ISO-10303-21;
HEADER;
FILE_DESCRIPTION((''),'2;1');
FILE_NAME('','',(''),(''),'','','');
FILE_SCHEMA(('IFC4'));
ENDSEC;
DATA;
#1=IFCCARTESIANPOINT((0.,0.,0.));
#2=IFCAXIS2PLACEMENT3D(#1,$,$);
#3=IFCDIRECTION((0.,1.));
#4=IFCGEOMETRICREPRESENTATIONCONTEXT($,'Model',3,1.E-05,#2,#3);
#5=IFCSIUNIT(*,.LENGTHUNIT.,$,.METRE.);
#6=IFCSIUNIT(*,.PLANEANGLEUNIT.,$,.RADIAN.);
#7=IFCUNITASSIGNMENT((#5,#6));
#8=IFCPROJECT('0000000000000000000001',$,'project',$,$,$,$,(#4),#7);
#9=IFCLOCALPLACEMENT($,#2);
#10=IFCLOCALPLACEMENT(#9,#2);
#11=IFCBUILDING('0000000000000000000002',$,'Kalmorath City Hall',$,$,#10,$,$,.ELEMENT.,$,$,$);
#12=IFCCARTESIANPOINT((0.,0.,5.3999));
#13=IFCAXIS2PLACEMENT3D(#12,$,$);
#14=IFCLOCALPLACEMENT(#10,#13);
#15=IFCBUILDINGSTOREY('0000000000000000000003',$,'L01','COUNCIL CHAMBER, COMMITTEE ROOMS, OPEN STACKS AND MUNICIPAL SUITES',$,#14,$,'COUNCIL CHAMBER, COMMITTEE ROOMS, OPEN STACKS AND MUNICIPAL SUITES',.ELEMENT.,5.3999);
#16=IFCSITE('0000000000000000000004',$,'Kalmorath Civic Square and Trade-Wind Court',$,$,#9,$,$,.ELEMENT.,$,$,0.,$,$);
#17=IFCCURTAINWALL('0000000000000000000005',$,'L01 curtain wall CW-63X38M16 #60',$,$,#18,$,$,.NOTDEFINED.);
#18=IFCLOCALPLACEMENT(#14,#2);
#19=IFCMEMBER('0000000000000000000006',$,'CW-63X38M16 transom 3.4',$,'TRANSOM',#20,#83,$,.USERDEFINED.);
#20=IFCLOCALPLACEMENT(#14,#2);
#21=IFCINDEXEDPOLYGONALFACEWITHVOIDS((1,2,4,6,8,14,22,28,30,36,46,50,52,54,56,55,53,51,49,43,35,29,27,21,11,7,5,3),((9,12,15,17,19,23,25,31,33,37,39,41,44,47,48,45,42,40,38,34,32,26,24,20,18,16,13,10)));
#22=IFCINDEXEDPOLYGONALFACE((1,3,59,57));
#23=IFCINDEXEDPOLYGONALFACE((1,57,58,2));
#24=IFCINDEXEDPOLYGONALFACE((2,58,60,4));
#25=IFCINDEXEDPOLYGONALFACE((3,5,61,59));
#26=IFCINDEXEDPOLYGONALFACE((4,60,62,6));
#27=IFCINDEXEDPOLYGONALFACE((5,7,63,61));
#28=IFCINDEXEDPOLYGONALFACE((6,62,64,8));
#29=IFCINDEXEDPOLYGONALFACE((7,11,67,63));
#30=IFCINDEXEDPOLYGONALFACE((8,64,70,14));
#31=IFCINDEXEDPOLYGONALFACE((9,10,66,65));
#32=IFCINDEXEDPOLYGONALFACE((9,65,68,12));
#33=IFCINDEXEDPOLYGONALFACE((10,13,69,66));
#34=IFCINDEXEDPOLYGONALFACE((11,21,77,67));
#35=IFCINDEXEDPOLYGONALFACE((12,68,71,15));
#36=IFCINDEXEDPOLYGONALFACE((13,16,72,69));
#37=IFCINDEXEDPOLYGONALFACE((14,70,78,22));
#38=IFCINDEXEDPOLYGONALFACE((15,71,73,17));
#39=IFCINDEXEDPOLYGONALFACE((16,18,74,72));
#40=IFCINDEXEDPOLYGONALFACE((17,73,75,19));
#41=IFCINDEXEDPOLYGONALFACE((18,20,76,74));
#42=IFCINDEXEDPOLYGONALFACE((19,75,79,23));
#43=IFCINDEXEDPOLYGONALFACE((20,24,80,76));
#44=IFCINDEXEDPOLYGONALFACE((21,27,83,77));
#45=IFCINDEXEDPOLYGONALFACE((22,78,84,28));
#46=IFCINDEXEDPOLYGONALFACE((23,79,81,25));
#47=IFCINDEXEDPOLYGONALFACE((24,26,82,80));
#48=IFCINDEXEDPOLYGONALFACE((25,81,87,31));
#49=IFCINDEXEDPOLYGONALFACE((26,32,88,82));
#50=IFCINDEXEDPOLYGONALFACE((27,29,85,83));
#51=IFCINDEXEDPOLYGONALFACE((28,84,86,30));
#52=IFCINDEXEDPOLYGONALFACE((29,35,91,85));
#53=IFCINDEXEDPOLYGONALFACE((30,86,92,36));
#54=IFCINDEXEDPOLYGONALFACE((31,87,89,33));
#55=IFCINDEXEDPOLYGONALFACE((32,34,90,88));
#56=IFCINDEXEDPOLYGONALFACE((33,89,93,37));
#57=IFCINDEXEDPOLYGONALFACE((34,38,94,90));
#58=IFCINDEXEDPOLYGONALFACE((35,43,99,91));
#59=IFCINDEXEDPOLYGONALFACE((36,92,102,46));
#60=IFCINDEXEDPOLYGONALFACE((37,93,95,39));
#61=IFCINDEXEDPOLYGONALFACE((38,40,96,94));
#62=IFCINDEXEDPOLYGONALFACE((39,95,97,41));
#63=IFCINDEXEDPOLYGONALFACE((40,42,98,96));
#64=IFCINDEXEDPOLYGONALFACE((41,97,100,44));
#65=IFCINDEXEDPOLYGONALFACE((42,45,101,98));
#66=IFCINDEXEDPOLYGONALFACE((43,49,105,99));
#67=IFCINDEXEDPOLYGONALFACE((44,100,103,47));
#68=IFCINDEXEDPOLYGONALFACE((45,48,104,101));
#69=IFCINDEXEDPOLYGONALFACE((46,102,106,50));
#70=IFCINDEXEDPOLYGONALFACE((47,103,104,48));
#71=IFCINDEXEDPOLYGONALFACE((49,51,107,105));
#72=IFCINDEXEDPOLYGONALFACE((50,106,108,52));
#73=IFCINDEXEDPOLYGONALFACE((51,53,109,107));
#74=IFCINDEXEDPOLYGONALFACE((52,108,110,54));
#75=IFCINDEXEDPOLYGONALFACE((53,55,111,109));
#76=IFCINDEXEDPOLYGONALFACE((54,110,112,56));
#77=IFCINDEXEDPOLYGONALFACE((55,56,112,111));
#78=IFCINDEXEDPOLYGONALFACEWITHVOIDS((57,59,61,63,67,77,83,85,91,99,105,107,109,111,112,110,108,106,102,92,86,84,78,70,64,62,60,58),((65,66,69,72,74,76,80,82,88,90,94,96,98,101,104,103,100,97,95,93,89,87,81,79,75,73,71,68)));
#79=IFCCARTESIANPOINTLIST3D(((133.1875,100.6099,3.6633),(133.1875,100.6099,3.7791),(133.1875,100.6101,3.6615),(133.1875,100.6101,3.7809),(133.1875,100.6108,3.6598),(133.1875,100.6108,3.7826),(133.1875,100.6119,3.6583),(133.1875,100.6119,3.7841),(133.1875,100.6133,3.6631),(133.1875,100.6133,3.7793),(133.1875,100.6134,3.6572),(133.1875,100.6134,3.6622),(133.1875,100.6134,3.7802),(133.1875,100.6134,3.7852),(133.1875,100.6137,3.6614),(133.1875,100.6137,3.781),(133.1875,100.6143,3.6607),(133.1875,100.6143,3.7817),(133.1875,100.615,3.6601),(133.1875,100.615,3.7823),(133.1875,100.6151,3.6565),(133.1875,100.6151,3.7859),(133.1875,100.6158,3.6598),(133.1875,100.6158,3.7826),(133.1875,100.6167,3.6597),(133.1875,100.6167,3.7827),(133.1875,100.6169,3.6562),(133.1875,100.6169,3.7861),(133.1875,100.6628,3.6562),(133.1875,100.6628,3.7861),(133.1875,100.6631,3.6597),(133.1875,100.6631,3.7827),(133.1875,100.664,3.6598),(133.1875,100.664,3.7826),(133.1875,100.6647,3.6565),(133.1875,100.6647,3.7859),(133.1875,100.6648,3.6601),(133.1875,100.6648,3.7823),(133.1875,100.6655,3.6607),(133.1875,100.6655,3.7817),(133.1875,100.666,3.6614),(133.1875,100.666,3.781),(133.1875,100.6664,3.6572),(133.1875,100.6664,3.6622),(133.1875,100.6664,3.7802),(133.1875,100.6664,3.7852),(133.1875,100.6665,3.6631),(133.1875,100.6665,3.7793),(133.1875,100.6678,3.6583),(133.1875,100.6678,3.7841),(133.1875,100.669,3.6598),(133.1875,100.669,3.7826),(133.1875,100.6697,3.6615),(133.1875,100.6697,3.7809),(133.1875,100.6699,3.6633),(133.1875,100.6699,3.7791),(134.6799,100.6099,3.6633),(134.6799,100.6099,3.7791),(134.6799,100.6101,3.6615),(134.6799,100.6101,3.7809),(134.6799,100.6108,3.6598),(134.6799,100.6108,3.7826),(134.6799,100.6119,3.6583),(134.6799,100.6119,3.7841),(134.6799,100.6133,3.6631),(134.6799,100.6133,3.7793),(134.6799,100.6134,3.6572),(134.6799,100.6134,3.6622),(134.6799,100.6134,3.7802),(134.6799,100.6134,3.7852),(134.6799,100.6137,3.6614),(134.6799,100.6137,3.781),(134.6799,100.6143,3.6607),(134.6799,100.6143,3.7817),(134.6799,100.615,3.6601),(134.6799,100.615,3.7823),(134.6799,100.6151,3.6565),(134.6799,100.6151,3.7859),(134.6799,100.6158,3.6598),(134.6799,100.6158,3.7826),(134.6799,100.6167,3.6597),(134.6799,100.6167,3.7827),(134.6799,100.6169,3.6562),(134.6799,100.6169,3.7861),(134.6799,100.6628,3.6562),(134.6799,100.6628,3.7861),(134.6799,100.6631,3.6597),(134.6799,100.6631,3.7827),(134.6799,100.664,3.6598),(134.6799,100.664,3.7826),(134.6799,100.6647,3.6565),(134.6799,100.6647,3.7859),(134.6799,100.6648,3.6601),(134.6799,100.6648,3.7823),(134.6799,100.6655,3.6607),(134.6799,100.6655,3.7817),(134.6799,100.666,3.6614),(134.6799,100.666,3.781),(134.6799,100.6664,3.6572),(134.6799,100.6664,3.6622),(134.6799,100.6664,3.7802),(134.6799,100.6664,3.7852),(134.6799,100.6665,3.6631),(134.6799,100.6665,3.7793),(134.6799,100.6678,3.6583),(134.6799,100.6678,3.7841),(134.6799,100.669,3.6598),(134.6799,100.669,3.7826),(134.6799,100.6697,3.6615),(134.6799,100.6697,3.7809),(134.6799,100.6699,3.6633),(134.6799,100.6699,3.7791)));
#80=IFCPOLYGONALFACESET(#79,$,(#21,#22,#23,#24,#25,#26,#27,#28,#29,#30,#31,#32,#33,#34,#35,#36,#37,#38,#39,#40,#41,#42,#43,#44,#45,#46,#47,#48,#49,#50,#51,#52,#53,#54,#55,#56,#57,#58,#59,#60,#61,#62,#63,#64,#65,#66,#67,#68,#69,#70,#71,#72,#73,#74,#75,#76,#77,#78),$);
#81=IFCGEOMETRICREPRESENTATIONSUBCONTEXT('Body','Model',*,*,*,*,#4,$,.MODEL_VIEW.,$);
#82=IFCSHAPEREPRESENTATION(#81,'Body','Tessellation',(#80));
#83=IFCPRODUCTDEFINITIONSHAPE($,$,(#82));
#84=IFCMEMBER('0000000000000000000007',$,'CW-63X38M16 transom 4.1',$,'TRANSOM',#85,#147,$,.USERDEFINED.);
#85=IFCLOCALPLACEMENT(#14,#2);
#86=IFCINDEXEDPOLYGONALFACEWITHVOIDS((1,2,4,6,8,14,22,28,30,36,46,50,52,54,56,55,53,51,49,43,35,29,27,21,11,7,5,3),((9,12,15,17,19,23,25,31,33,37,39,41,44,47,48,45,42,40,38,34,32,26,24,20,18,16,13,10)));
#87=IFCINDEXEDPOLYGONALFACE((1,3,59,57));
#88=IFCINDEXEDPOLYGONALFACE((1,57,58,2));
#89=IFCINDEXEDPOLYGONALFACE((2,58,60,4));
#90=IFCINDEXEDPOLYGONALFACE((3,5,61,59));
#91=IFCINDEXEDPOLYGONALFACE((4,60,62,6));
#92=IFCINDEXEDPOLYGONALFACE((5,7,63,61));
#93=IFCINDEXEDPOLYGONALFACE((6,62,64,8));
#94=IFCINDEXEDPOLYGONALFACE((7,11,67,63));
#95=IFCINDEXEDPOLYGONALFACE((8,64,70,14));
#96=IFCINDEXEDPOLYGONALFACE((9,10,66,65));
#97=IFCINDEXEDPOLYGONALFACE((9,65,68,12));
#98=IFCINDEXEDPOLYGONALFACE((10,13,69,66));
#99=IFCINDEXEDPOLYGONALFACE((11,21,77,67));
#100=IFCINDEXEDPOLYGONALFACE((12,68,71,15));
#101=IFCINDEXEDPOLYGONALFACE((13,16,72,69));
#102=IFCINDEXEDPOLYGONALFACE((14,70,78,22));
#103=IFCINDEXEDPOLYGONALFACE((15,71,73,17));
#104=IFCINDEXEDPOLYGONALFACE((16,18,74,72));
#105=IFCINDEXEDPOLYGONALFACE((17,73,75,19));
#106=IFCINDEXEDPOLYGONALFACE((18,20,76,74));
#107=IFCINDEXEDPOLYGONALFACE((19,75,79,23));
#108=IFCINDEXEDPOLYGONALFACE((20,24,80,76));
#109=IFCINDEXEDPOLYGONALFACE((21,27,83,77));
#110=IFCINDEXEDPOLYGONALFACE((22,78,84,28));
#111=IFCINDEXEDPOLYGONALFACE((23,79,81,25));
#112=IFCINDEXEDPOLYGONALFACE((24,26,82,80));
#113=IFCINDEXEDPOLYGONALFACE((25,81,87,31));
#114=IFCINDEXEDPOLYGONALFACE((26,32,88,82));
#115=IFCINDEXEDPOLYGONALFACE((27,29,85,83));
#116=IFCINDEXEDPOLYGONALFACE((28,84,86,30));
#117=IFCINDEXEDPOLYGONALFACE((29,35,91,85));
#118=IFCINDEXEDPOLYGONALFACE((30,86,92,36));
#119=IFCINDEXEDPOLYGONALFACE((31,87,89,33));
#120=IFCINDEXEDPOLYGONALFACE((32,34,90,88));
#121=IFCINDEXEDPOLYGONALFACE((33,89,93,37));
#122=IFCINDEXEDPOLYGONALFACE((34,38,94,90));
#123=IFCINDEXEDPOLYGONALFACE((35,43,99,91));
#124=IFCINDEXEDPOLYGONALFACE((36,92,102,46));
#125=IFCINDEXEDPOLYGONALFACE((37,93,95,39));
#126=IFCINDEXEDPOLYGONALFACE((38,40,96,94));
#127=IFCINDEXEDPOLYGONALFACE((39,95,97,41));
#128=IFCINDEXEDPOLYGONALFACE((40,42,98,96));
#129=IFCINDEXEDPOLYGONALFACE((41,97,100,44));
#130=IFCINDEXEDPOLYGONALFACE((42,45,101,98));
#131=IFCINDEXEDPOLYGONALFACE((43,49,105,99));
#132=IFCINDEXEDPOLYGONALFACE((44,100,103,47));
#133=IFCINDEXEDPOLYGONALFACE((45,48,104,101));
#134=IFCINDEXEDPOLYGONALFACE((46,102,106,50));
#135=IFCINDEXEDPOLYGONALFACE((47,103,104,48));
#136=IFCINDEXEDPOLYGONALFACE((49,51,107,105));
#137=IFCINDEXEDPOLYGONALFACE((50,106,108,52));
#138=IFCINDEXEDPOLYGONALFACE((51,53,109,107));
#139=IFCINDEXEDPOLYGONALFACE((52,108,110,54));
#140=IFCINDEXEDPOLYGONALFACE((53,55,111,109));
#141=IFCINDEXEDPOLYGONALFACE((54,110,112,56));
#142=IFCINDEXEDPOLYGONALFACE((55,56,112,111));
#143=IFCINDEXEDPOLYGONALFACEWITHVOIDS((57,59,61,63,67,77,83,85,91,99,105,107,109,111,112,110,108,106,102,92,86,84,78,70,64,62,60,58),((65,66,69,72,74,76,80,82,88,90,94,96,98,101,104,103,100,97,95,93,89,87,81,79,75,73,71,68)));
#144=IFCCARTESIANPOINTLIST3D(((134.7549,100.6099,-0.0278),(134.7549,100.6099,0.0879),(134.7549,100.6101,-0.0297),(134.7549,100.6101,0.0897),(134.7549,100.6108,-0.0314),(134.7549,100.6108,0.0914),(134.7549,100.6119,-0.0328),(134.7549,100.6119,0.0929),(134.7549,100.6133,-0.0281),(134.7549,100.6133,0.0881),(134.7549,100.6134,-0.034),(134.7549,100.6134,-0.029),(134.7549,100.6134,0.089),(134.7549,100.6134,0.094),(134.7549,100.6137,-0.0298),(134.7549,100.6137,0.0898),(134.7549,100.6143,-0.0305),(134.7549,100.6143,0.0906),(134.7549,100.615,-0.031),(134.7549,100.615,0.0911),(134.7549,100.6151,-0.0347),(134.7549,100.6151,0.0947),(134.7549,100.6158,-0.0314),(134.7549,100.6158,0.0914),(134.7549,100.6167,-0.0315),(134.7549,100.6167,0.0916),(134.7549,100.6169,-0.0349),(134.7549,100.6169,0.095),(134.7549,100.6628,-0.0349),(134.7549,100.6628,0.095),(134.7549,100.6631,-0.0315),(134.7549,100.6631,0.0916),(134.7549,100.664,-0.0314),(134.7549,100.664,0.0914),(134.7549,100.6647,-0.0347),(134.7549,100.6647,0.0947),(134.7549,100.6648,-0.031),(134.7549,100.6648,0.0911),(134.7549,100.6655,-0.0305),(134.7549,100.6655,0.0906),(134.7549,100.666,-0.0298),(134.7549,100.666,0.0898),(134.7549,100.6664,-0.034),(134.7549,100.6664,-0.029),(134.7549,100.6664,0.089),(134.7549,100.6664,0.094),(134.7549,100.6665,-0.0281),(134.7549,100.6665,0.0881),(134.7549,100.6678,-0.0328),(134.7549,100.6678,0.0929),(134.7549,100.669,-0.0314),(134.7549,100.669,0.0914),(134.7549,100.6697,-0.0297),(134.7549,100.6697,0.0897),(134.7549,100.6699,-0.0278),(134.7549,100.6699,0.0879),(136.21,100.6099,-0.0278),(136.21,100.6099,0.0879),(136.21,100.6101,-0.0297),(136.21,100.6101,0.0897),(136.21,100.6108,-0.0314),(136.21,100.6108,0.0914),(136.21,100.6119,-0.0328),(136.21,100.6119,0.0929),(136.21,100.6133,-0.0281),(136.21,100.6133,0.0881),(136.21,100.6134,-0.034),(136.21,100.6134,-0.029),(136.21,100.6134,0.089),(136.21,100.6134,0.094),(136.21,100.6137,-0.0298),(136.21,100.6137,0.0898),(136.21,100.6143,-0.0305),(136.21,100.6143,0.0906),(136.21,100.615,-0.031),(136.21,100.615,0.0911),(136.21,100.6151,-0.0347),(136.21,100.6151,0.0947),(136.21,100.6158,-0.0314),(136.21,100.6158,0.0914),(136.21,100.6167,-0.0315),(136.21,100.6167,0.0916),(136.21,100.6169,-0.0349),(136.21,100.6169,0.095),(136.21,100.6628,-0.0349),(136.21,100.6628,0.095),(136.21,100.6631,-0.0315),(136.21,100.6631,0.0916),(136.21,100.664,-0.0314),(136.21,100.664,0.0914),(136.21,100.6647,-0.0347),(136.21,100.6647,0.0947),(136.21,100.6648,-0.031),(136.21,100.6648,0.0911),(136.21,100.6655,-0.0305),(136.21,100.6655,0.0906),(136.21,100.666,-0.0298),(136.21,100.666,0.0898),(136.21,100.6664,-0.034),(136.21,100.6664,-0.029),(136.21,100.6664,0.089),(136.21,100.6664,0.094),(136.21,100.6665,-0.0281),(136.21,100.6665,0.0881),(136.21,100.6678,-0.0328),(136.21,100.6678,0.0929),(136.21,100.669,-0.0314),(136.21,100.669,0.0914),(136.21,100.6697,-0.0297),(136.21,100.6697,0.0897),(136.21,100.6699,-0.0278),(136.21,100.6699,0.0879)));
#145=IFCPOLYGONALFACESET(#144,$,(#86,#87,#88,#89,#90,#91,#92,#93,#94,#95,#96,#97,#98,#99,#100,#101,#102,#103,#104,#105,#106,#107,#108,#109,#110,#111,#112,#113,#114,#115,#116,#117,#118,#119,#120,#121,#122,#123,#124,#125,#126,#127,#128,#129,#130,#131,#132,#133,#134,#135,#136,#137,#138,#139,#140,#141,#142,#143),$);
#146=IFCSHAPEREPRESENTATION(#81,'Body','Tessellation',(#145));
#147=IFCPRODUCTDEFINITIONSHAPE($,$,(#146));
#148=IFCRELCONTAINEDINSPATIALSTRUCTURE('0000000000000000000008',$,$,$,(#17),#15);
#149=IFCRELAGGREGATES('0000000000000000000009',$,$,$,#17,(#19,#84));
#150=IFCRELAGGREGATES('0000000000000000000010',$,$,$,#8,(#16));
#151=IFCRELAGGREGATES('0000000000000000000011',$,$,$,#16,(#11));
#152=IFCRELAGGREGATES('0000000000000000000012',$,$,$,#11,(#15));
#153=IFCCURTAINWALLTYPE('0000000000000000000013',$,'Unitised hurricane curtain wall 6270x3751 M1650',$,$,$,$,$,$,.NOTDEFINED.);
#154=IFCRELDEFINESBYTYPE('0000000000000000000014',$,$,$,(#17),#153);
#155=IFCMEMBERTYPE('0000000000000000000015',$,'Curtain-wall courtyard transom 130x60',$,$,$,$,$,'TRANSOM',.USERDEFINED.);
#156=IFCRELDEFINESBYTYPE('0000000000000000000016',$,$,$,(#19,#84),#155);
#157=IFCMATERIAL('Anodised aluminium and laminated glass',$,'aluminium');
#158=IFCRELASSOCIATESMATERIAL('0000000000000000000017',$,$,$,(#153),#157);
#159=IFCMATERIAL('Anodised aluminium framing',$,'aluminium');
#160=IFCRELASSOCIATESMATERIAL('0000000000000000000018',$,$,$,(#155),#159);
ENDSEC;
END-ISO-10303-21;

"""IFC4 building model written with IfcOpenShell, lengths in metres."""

from ifc_helpers import new_model, si_unit, direction, frame, origin, origin_2d, place, context, subcontext, project, spatial, hollow_rectangle, extrude, material, material_profile, profile_set, type_object, element, aggregate, save


model = new_model("IFC4")

# Units and contexts
model_context = context("Model", 3, precision=1e-05, world=origin(), true_north=direction((0.0, 1.0)))
body_context = subcontext(model_context, "Body", "Model", "MODEL_VIEW")
ifc_project = project(units=[si_unit("LENGTHUNIT", "METRE"), si_unit("PLANEANGLEUNIT", "RADIAN")], contexts=[model_context])

# Site, building, storey
site_placement = place(None, origin())
site = spatial("IfcSite", under=ifc_project, at=site_placement, Name="Kalmorath Civic Square and Trade-Wind Court", CompositionType="ELEMENT", RefElevation=0.0)
building_placement = place(site_placement, origin())
building = spatial("IfcBuilding", under=site, at=building_placement, Name="Kalmorath City Hall", CompositionType="ELEMENT")
storey_placement = place(building_placement, frame((0.0, 0.0, 5.3999)))
storey = spatial("IfcBuildingStorey", under=building, at=storey_placement, Name="L01", Description="COUNCIL CHAMBER, COMMITTEE ROOMS, OPEN STACKS AND MUNICIPAL SUITES", LongName="COUNCIL CHAMBER, COMMITTEE ROOMS, OPEN STACKS AND MUNICIPAL SUITES", CompositionType="ELEMENT", Elevation=5.3999)

# Curtain wall, members
ifc_material_1 = material(Name="Anodised aluminium and laminated glass", Category="aluminium")
curtain_wall_type_1 = type_object("IfcCurtainWallType", Name="Unitised hurricane curtain wall 6270x3751 M1650", PredefinedType="NOTDEFINED", material=ifc_material_1)
curtain_wall_1_placement = place(storey_placement, origin())
curtain_wall_1 = element("IfcCurtainWall", 1, at=curtain_wall_1_placement, inside=storey, type_object=curtain_wall_type_1, Name="L01 curtain wall CW-63X38M16 #60", PredefinedType="NOTDEFINED")
ifc_material_2 = material(Name="Anodised aluminium framing", Category="aluminium")
ifc_material_profile_1 = material_profile(ifc_material_2, hollow_rectangle(XDim=0.0601, YDim=0.1299, WallThickness=0.0034, InnerFilletRadius=0.0034, OuterFilletRadius=0.0071, at=origin_2d()), Name="ALU-TRN-130X60X3.5")
ifc_profile_set_1 = profile_set([ifc_material_profile_1], Name="Anodised aluminium framing")
member_type_1 = type_object("IfcMemberType", Name="Curtain-wall courtyard transom 130x60", ElementType="TRANSOM", PredefinedType="USERDEFINED", material=ifc_profile_set_1)
member_1_placement = place(storey_placement, frame((133.1875, 100.6399, 3.7212), z_axis=(1.0, 0.0, 0.0), x_axis=(0.0, 1.0, 0.0)))
member_1 = element("IfcMember", 2, at=member_1_placement, type_object=member_type_1, Name="CW-63X38M16 transom 3.4", ObjectType="TRANSOM", PredefinedType="USERDEFINED", context=body_context, shape_type="SweptSolid", body=[
    extrude(hollow_rectangle(XDim=0.0601, YDim=0.1299, WallThickness=0.0034, InnerFilletRadius=0.0034, OuterFilletRadius=0.0071, at=origin_2d()), origin(), (0.0, 0.0, 1.0), 1.4924),
])
member_2_placement = place(storey_placement, frame((134.7549, 100.6399, 0.03), z_axis=(1.0, 0.0, 0.0), x_axis=(0.0, 1.0, 0.0)))
member_2 = element("IfcMember", 3, at=member_2_placement, type_object=member_type_1, Name="CW-63X38M16 transom 4.1", ObjectType="TRANSOM", PredefinedType="USERDEFINED", context=body_context, shape_type="SweptSolid", body=[
    extrude(hollow_rectangle(XDim=0.0601, YDim=0.1299, WallThickness=0.0034, InnerFilletRadius=0.0034, OuterFilletRadius=0.0071, at=origin_2d()), origin(), (0.0, 0.0, 1.0), 1.4551),
])

aggregate(curtain_wall_1, [member_1, member_2])

save(model, "model.ifc")
